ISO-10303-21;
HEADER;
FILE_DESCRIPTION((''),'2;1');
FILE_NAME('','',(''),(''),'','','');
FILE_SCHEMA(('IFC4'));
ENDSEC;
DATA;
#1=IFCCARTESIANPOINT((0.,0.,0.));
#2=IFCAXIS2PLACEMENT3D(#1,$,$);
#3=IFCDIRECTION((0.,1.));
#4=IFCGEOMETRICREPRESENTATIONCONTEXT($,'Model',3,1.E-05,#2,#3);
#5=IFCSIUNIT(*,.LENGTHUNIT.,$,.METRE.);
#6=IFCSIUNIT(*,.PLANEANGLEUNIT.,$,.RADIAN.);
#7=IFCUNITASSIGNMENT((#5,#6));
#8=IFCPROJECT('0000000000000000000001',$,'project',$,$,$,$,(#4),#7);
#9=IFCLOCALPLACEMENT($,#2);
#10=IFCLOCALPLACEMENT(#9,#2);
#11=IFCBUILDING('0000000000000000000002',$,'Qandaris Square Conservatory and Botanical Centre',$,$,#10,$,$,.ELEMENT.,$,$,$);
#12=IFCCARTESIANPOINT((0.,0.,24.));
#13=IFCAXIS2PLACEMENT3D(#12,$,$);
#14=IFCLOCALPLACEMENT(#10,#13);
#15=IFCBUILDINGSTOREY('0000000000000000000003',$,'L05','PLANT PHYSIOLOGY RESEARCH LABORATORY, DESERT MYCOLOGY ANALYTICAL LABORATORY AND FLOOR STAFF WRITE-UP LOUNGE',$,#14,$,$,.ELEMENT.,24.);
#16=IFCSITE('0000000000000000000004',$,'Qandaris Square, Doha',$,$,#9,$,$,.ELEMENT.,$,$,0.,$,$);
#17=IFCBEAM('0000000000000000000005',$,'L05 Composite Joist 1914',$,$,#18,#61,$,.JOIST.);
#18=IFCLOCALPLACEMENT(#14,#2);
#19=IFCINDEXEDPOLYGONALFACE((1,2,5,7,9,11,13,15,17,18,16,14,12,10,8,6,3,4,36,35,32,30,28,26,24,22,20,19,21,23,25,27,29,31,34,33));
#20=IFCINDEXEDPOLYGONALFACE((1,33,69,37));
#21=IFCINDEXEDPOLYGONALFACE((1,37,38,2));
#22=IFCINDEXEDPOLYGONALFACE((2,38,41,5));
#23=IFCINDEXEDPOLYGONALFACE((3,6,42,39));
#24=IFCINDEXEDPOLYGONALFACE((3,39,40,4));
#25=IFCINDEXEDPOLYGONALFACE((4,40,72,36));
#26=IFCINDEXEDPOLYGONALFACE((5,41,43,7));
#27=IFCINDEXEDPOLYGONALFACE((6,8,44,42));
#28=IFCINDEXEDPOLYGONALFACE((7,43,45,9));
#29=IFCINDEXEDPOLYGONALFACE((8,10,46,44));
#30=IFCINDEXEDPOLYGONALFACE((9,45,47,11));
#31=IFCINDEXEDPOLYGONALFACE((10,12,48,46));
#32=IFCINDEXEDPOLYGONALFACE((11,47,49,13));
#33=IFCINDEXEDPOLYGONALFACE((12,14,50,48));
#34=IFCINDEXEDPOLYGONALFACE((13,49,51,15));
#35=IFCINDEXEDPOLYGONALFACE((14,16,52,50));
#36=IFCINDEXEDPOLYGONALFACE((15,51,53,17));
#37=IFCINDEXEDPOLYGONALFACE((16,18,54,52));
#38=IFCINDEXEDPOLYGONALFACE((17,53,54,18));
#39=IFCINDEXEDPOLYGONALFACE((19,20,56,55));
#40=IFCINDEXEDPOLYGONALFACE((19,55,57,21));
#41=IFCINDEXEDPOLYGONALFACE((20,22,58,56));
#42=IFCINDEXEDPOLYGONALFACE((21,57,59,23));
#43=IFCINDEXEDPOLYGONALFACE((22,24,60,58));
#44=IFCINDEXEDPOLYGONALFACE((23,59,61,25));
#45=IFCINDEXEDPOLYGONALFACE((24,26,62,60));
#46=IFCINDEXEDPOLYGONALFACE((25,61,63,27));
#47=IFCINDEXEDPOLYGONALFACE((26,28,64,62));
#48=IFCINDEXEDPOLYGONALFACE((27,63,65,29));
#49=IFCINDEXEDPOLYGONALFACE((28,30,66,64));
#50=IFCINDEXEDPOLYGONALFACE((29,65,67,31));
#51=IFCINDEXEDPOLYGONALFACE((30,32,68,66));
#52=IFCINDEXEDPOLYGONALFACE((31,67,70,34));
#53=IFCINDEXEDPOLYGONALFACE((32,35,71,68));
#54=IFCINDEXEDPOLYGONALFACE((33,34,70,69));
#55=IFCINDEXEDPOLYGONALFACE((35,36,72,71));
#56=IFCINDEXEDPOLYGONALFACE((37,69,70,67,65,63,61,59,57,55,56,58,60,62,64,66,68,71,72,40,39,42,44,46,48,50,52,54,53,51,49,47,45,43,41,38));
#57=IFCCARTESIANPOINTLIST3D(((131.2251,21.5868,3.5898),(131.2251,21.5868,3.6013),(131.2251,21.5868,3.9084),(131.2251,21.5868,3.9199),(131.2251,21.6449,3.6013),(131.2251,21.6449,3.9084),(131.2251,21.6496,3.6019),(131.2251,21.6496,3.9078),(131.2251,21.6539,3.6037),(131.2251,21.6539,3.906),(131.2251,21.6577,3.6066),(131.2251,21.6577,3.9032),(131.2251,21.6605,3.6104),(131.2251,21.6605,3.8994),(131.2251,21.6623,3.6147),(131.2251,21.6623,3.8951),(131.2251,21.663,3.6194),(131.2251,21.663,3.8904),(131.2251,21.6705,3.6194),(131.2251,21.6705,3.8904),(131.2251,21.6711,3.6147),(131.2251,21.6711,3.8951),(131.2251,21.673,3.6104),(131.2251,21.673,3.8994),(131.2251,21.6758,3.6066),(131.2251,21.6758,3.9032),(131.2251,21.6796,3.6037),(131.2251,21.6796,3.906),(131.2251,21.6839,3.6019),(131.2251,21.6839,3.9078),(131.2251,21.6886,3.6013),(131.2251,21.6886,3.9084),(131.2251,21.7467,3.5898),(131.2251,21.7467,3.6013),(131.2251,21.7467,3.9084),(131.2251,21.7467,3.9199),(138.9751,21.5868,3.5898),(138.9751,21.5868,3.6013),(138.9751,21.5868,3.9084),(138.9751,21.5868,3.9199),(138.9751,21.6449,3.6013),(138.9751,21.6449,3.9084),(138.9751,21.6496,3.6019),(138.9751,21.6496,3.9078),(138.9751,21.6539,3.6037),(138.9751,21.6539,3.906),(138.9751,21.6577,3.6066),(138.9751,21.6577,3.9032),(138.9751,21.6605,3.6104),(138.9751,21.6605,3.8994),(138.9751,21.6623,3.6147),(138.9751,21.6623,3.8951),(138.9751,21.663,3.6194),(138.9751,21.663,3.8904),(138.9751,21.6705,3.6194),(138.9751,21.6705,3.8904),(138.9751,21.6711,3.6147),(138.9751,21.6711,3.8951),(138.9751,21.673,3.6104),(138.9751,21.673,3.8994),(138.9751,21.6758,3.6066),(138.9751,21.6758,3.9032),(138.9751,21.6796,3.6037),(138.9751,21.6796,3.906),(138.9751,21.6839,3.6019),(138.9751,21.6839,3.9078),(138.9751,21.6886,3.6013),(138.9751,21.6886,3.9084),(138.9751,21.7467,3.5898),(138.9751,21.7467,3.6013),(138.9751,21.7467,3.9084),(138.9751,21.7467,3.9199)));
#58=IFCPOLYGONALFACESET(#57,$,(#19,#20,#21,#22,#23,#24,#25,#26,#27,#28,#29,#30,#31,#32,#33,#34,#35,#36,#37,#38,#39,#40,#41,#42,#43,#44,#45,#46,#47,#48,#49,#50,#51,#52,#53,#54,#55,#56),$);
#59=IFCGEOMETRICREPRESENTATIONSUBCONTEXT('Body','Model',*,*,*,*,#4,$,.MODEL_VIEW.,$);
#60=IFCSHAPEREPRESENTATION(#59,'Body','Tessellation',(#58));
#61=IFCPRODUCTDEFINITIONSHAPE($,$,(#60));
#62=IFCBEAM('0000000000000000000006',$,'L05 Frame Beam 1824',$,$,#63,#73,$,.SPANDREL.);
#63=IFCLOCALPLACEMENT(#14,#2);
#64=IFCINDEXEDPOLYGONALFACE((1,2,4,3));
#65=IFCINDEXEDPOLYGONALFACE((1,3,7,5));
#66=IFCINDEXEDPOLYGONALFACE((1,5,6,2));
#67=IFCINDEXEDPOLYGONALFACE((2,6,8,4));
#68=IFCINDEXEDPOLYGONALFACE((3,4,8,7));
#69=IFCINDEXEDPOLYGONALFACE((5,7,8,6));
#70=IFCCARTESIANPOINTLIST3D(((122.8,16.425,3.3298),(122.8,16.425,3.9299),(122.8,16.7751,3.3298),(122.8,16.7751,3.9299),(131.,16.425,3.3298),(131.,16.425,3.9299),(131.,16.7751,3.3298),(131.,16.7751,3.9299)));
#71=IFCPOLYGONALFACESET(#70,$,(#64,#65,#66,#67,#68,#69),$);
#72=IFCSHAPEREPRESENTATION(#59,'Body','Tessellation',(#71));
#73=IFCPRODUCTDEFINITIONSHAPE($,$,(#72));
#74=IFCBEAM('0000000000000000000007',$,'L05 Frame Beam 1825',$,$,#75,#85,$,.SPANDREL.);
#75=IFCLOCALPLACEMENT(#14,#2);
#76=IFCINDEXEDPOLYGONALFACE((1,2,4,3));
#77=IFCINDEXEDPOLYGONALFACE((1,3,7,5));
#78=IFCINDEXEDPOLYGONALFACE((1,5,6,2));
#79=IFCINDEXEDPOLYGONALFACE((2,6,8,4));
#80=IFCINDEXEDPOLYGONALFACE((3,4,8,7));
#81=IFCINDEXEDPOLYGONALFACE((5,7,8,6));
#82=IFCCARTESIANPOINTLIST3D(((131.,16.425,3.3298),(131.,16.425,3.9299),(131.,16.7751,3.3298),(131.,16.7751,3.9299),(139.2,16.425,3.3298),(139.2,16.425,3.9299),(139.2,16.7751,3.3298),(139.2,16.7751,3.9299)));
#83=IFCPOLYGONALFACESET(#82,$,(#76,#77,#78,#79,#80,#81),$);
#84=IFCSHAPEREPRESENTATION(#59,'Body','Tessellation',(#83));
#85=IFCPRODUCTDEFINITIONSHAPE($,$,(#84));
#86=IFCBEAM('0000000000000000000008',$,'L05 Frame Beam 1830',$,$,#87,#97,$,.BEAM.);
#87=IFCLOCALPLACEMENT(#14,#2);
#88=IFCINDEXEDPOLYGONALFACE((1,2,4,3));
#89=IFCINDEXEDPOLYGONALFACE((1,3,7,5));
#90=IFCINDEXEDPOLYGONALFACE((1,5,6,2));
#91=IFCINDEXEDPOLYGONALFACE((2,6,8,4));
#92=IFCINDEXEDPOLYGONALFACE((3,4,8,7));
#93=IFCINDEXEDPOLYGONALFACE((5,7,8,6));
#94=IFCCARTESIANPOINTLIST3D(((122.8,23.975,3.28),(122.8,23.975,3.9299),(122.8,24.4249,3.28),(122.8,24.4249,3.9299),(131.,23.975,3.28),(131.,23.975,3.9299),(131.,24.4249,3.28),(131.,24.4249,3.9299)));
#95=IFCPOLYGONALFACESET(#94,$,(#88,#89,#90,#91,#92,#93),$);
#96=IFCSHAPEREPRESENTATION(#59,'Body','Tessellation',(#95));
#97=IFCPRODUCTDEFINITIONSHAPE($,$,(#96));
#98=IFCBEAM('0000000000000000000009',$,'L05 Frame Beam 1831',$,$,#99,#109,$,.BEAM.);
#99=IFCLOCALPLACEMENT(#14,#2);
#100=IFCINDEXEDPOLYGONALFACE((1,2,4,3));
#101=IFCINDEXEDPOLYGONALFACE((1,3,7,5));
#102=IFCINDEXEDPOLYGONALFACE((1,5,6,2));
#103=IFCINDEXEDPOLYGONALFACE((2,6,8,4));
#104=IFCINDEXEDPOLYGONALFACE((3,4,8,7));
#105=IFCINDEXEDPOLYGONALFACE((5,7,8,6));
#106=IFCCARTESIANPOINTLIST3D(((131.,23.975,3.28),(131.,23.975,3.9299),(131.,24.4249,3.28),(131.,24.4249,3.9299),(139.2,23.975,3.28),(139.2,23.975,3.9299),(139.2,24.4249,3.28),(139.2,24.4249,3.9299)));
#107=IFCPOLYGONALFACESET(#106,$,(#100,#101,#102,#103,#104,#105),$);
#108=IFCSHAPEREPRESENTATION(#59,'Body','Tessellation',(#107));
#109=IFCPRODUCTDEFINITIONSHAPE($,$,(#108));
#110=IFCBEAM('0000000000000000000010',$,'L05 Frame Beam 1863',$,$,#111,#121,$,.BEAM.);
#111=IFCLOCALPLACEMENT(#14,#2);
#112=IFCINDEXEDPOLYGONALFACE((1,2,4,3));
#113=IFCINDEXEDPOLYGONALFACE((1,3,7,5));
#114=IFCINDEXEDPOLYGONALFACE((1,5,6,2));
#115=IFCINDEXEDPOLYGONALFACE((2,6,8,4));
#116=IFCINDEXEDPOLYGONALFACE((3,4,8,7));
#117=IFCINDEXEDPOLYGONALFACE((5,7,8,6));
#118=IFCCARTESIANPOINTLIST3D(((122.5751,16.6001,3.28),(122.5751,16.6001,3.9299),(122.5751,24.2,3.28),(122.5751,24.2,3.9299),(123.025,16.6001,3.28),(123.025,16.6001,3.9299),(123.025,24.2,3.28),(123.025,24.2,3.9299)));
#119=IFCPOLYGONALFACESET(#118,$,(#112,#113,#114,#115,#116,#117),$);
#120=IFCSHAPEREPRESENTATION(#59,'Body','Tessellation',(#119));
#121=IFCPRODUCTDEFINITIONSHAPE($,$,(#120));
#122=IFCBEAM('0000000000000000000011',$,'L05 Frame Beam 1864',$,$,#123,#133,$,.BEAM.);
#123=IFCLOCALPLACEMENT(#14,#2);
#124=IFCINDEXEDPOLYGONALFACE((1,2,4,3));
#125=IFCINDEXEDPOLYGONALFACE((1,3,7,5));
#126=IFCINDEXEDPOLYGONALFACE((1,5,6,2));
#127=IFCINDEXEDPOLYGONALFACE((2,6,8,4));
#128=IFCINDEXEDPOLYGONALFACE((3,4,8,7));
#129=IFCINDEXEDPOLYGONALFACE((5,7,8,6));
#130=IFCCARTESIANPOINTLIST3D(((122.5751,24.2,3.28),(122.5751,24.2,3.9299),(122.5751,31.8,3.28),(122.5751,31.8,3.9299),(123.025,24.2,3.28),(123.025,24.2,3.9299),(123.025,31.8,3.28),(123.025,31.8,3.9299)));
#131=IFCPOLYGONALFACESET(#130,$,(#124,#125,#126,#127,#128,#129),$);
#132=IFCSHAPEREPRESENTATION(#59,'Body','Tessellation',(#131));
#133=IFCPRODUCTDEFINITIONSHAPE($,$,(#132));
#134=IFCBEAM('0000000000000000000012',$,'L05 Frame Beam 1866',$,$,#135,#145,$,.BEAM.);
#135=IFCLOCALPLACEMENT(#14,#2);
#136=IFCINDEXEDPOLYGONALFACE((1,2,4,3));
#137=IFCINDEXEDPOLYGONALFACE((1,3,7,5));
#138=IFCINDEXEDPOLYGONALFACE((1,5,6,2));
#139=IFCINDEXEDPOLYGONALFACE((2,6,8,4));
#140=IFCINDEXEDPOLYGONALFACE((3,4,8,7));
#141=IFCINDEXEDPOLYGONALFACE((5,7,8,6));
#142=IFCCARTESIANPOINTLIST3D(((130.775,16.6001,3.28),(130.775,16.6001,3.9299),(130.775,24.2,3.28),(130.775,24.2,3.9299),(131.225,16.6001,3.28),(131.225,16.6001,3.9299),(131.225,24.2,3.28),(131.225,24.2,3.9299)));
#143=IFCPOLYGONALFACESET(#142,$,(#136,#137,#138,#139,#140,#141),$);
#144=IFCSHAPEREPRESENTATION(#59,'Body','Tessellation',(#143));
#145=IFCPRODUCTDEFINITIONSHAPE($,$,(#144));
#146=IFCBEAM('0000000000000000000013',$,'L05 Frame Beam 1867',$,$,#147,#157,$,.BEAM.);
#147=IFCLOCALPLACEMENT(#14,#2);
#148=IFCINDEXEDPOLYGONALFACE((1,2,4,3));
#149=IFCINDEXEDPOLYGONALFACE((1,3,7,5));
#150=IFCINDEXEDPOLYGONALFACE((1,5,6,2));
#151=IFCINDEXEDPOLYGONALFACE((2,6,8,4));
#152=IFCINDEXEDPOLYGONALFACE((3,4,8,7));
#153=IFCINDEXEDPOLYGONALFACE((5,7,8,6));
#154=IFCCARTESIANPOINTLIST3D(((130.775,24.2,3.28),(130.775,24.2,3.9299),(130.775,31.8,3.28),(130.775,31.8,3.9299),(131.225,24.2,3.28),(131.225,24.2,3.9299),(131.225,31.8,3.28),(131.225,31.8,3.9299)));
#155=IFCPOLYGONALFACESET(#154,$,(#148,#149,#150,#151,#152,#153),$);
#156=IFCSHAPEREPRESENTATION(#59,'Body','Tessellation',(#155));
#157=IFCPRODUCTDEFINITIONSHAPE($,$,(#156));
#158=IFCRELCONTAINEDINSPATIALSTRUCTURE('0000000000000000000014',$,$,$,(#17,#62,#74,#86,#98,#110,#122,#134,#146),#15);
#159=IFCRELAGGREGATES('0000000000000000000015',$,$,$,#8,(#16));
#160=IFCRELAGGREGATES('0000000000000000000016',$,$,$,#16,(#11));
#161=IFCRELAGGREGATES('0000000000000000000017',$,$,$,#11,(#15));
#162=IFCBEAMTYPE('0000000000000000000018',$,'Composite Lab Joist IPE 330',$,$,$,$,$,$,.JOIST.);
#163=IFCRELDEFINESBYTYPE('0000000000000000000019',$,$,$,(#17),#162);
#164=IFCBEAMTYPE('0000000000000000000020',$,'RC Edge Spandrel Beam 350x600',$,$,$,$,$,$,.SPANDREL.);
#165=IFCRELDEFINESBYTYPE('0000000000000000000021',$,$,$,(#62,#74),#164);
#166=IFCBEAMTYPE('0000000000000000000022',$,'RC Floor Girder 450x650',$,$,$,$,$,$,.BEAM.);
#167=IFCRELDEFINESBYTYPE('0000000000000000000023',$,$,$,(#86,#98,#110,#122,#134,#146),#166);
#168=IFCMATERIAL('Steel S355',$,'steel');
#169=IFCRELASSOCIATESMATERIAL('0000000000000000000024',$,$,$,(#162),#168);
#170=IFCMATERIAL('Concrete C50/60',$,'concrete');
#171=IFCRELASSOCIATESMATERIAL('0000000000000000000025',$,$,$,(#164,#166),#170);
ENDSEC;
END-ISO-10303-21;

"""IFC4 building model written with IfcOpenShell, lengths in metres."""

from ifc_helpers import new_model, si_unit, direction, frame, origin, origin_2d, place, context, subcontext, project, spatial, rectangle, i_section, extrude, material, material_profile, profile_set, type_object, element, save


model = new_model("IFC4")

# Units and contexts
model_context = context("Model", 3, precision=1e-05, world=origin(), true_north=direction((0.0, 1.0)))
body_context = subcontext(model_context, "Body", "Model", "MODEL_VIEW")
ifc_project = project(units=[si_unit("LENGTHUNIT", "METRE"), si_unit("PLANEANGLEUNIT", "RADIAN")], contexts=[model_context])

# Site, building, storey
site_placement = place(None, origin())
site = spatial("IfcSite", under=ifc_project, at=site_placement, Name="Qandaris Square, Doha", CompositionType="ELEMENT", RefElevation=0.0)
building_placement = place(site_placement, origin())
building = spatial("IfcBuilding", under=site, at=building_placement, Name="Qandaris Square Conservatory and Botanical Centre", CompositionType="ELEMENT")
storey_placement = place(building_placement, frame((0.0, 0.0, 24.0)))
storey = spatial("IfcBuildingStorey", under=building, at=storey_placement, Name="L05", Description="PLANT PHYSIOLOGY RESEARCH LABORATORY, DESERT MYCOLOGY ANALYTICAL LABORATORY AND FLOOR STAFF WRITE-UP LOUNGE", CompositionType="ELEMENT", Elevation=24.0)

# Shared definitions
ifc_material_1 = material(Name="Concrete C50/60", Category="concrete")

# Beams
ifc_material_2 = material(Name="Steel S355", Category="steel")
ifc_material_profile_1 = material_profile(ifc_material_2, i_section(OverallWidth=0.1599, OverallDepth=0.3301, WebThickness=0.0076, FlangeThickness=0.0115, FilletRadius=0.0181, at=origin_2d()), Name="IPE 330")
ifc_profile_set_1 = profile_set([ifc_material_profile_1], Name="Steel S355")
beam_type_1 = type_object("IfcBeamType", Name="Composite Lab Joist IPE 330", PredefinedType="JOIST", material=ifc_profile_set_1)
beam_1_placement = place(storey_placement, frame((131.2251, 21.6667, 3.7549), z_axis=(1.0, 0.0, 0.0), x_axis=(0.0, 1.0, 0.0)))
element("IfcBeam", 1, at=beam_1_placement, inside=storey, type_object=beam_type_1, Name="L05 Composite Joist 1914", PredefinedType="JOIST", context=body_context, shape_type="SweptSolid", body=[
    extrude(i_section(OverallWidth=0.1599, OverallDepth=0.3301, WebThickness=0.0076, FlangeThickness=0.0115, FilletRadius=0.0181, at=origin_2d()), origin(), (0.0, 0.0, 1.0), 7.75),
])
ifc_material_profile_2 = material_profile(ifc_material_1, rectangle(XDim=0.3501, YDim=0.6001, at=origin_2d()), Name="RC-SP 350x600")
ifc_profile_set_2 = profile_set([ifc_material_profile_2], Name="Concrete C50/60")
beam_type_2 = type_object("IfcBeamType", Name="RC Edge Spandrel Beam 350x600", PredefinedType="SPANDREL", material=ifc_profile_set_2)
for number, where, z_axis, x_axis, name in (
    (2, (122.8, 16.6001, 3.6299), (1.0, 0.0, 0.0), (0.0, 1.0, 0.0), "L05 Frame Beam 1824"),
    (3, (131.0, 16.6001, 3.6299), (1.0, 0.0, 0.0), (0.0, 1.0, 0.0), "L05 Frame Beam 1825"),
):
    element("IfcBeam", number, at=place(storey_placement, frame(where, z_axis=z_axis, x_axis=x_axis)), inside=storey, type_object=beam_type_2, Name=name, PredefinedType="SPANDREL", context=body_context, shape_type="SweptSolid", body=[
        extrude(rectangle(XDim=0.3501, YDim=0.6001, at=origin_2d()), origin(), (0.0, 0.0, 1.0), 8.2),
    ])
ifc_material_profile_3 = material_profile(ifc_material_1, rectangle(XDim=0.45, YDim=0.6499, at=origin_2d()), Name="RC-BM 450x650")
ifc_profile_set_3 = profile_set([ifc_material_profile_3], Name="Concrete C50/60")
beam_type_3 = type_object("IfcBeamType", Name="RC Floor Girder 450x650", PredefinedType="BEAM", material=ifc_profile_set_3)
for number, where, z_axis, x_axis, name in (
    (4, (122.8, 24.2, 3.605), (1.0, 0.0, 0.0), (0.0, 1.0, 0.0), "L05 Frame Beam 1830"),
    (5, (131.0, 24.2, 3.605), (1.0, 0.0, 0.0), (0.0, 1.0, 0.0), "L05 Frame Beam 1831"),
):
    element("IfcBeam", number, at=place(storey_placement, frame(where, z_axis=z_axis, x_axis=x_axis)), inside=storey, type_object=beam_type_3, Name=name, PredefinedType="BEAM", context=body_context, shape_type="SweptSolid", body=[
        extrude(rectangle(XDim=0.45, YDim=0.6499, at=origin_2d()), origin(), (0.0, 0.0, 1.0), 8.2),
    ])
beam_2_placement = place(storey_placement, frame((122.8, 16.6001, 3.605), z_axis=(0.0, 1.0, 0.0), x_axis=(-1.0, 0.0, 0.0)))
element("IfcBeam", 6, at=beam_2_placement, inside=storey, type_object=beam_type_3, Name="L05 Frame Beam 1863", PredefinedType="BEAM", context=body_context, shape_type="SweptSolid", body=[
    extrude(rectangle(XDim=0.45, YDim=0.6499, at=origin_2d()), origin(), (0.0, 0.0, 1.0), 7.5999),
])
beam_3_placement = place(storey_placement, frame((122.8, 24.2, 3.605), z_axis=(0.0, 1.0, 0.0), x_axis=(-1.0, 0.0, 0.0)))
element("IfcBeam", 7, at=beam_3_placement, inside=storey, type_object=beam_type_3, Name="L05 Frame Beam 1864", PredefinedType="BEAM", context=body_context, shape_type="SweptSolid", body=[
    extrude(rectangle(XDim=0.45, YDim=0.6499, at=origin_2d()), origin(), (0.0, 0.0, 1.0), 7.6001),
])
beam_4_placement = place(storey_placement, frame((131.0, 16.6001, 3.605), z_axis=(0.0, 1.0, 0.0), x_axis=(-1.0, 0.0, 0.0)))
element("IfcBeam", 8, at=beam_4_placement, inside=storey, type_object=beam_type_3, Name="L05 Frame Beam 1866", PredefinedType="BEAM", context=body_context, shape_type="SweptSolid", body=[
    extrude(rectangle(XDim=0.45, YDim=0.6499, at=origin_2d()), origin(), (0.0, 0.0, 1.0), 7.5999),
])
beam_5_placement = place(storey_placement, frame((131.0, 24.2, 3.605), z_axis=(0.0, 1.0, 0.0), x_axis=(-1.0, 0.0, 0.0)))
element("IfcBeam", 9, at=beam_5_placement, inside=storey, type_object=beam_type_3, Name="L05 Frame Beam 1867", PredefinedType="BEAM", context=body_context, shape_type="SweptSolid", body=[
    extrude(rectangle(XDim=0.45, YDim=0.6499, at=origin_2d()), origin(), (0.0, 0.0, 1.0), 7.6001),
])

save(model, "model.ifc")
